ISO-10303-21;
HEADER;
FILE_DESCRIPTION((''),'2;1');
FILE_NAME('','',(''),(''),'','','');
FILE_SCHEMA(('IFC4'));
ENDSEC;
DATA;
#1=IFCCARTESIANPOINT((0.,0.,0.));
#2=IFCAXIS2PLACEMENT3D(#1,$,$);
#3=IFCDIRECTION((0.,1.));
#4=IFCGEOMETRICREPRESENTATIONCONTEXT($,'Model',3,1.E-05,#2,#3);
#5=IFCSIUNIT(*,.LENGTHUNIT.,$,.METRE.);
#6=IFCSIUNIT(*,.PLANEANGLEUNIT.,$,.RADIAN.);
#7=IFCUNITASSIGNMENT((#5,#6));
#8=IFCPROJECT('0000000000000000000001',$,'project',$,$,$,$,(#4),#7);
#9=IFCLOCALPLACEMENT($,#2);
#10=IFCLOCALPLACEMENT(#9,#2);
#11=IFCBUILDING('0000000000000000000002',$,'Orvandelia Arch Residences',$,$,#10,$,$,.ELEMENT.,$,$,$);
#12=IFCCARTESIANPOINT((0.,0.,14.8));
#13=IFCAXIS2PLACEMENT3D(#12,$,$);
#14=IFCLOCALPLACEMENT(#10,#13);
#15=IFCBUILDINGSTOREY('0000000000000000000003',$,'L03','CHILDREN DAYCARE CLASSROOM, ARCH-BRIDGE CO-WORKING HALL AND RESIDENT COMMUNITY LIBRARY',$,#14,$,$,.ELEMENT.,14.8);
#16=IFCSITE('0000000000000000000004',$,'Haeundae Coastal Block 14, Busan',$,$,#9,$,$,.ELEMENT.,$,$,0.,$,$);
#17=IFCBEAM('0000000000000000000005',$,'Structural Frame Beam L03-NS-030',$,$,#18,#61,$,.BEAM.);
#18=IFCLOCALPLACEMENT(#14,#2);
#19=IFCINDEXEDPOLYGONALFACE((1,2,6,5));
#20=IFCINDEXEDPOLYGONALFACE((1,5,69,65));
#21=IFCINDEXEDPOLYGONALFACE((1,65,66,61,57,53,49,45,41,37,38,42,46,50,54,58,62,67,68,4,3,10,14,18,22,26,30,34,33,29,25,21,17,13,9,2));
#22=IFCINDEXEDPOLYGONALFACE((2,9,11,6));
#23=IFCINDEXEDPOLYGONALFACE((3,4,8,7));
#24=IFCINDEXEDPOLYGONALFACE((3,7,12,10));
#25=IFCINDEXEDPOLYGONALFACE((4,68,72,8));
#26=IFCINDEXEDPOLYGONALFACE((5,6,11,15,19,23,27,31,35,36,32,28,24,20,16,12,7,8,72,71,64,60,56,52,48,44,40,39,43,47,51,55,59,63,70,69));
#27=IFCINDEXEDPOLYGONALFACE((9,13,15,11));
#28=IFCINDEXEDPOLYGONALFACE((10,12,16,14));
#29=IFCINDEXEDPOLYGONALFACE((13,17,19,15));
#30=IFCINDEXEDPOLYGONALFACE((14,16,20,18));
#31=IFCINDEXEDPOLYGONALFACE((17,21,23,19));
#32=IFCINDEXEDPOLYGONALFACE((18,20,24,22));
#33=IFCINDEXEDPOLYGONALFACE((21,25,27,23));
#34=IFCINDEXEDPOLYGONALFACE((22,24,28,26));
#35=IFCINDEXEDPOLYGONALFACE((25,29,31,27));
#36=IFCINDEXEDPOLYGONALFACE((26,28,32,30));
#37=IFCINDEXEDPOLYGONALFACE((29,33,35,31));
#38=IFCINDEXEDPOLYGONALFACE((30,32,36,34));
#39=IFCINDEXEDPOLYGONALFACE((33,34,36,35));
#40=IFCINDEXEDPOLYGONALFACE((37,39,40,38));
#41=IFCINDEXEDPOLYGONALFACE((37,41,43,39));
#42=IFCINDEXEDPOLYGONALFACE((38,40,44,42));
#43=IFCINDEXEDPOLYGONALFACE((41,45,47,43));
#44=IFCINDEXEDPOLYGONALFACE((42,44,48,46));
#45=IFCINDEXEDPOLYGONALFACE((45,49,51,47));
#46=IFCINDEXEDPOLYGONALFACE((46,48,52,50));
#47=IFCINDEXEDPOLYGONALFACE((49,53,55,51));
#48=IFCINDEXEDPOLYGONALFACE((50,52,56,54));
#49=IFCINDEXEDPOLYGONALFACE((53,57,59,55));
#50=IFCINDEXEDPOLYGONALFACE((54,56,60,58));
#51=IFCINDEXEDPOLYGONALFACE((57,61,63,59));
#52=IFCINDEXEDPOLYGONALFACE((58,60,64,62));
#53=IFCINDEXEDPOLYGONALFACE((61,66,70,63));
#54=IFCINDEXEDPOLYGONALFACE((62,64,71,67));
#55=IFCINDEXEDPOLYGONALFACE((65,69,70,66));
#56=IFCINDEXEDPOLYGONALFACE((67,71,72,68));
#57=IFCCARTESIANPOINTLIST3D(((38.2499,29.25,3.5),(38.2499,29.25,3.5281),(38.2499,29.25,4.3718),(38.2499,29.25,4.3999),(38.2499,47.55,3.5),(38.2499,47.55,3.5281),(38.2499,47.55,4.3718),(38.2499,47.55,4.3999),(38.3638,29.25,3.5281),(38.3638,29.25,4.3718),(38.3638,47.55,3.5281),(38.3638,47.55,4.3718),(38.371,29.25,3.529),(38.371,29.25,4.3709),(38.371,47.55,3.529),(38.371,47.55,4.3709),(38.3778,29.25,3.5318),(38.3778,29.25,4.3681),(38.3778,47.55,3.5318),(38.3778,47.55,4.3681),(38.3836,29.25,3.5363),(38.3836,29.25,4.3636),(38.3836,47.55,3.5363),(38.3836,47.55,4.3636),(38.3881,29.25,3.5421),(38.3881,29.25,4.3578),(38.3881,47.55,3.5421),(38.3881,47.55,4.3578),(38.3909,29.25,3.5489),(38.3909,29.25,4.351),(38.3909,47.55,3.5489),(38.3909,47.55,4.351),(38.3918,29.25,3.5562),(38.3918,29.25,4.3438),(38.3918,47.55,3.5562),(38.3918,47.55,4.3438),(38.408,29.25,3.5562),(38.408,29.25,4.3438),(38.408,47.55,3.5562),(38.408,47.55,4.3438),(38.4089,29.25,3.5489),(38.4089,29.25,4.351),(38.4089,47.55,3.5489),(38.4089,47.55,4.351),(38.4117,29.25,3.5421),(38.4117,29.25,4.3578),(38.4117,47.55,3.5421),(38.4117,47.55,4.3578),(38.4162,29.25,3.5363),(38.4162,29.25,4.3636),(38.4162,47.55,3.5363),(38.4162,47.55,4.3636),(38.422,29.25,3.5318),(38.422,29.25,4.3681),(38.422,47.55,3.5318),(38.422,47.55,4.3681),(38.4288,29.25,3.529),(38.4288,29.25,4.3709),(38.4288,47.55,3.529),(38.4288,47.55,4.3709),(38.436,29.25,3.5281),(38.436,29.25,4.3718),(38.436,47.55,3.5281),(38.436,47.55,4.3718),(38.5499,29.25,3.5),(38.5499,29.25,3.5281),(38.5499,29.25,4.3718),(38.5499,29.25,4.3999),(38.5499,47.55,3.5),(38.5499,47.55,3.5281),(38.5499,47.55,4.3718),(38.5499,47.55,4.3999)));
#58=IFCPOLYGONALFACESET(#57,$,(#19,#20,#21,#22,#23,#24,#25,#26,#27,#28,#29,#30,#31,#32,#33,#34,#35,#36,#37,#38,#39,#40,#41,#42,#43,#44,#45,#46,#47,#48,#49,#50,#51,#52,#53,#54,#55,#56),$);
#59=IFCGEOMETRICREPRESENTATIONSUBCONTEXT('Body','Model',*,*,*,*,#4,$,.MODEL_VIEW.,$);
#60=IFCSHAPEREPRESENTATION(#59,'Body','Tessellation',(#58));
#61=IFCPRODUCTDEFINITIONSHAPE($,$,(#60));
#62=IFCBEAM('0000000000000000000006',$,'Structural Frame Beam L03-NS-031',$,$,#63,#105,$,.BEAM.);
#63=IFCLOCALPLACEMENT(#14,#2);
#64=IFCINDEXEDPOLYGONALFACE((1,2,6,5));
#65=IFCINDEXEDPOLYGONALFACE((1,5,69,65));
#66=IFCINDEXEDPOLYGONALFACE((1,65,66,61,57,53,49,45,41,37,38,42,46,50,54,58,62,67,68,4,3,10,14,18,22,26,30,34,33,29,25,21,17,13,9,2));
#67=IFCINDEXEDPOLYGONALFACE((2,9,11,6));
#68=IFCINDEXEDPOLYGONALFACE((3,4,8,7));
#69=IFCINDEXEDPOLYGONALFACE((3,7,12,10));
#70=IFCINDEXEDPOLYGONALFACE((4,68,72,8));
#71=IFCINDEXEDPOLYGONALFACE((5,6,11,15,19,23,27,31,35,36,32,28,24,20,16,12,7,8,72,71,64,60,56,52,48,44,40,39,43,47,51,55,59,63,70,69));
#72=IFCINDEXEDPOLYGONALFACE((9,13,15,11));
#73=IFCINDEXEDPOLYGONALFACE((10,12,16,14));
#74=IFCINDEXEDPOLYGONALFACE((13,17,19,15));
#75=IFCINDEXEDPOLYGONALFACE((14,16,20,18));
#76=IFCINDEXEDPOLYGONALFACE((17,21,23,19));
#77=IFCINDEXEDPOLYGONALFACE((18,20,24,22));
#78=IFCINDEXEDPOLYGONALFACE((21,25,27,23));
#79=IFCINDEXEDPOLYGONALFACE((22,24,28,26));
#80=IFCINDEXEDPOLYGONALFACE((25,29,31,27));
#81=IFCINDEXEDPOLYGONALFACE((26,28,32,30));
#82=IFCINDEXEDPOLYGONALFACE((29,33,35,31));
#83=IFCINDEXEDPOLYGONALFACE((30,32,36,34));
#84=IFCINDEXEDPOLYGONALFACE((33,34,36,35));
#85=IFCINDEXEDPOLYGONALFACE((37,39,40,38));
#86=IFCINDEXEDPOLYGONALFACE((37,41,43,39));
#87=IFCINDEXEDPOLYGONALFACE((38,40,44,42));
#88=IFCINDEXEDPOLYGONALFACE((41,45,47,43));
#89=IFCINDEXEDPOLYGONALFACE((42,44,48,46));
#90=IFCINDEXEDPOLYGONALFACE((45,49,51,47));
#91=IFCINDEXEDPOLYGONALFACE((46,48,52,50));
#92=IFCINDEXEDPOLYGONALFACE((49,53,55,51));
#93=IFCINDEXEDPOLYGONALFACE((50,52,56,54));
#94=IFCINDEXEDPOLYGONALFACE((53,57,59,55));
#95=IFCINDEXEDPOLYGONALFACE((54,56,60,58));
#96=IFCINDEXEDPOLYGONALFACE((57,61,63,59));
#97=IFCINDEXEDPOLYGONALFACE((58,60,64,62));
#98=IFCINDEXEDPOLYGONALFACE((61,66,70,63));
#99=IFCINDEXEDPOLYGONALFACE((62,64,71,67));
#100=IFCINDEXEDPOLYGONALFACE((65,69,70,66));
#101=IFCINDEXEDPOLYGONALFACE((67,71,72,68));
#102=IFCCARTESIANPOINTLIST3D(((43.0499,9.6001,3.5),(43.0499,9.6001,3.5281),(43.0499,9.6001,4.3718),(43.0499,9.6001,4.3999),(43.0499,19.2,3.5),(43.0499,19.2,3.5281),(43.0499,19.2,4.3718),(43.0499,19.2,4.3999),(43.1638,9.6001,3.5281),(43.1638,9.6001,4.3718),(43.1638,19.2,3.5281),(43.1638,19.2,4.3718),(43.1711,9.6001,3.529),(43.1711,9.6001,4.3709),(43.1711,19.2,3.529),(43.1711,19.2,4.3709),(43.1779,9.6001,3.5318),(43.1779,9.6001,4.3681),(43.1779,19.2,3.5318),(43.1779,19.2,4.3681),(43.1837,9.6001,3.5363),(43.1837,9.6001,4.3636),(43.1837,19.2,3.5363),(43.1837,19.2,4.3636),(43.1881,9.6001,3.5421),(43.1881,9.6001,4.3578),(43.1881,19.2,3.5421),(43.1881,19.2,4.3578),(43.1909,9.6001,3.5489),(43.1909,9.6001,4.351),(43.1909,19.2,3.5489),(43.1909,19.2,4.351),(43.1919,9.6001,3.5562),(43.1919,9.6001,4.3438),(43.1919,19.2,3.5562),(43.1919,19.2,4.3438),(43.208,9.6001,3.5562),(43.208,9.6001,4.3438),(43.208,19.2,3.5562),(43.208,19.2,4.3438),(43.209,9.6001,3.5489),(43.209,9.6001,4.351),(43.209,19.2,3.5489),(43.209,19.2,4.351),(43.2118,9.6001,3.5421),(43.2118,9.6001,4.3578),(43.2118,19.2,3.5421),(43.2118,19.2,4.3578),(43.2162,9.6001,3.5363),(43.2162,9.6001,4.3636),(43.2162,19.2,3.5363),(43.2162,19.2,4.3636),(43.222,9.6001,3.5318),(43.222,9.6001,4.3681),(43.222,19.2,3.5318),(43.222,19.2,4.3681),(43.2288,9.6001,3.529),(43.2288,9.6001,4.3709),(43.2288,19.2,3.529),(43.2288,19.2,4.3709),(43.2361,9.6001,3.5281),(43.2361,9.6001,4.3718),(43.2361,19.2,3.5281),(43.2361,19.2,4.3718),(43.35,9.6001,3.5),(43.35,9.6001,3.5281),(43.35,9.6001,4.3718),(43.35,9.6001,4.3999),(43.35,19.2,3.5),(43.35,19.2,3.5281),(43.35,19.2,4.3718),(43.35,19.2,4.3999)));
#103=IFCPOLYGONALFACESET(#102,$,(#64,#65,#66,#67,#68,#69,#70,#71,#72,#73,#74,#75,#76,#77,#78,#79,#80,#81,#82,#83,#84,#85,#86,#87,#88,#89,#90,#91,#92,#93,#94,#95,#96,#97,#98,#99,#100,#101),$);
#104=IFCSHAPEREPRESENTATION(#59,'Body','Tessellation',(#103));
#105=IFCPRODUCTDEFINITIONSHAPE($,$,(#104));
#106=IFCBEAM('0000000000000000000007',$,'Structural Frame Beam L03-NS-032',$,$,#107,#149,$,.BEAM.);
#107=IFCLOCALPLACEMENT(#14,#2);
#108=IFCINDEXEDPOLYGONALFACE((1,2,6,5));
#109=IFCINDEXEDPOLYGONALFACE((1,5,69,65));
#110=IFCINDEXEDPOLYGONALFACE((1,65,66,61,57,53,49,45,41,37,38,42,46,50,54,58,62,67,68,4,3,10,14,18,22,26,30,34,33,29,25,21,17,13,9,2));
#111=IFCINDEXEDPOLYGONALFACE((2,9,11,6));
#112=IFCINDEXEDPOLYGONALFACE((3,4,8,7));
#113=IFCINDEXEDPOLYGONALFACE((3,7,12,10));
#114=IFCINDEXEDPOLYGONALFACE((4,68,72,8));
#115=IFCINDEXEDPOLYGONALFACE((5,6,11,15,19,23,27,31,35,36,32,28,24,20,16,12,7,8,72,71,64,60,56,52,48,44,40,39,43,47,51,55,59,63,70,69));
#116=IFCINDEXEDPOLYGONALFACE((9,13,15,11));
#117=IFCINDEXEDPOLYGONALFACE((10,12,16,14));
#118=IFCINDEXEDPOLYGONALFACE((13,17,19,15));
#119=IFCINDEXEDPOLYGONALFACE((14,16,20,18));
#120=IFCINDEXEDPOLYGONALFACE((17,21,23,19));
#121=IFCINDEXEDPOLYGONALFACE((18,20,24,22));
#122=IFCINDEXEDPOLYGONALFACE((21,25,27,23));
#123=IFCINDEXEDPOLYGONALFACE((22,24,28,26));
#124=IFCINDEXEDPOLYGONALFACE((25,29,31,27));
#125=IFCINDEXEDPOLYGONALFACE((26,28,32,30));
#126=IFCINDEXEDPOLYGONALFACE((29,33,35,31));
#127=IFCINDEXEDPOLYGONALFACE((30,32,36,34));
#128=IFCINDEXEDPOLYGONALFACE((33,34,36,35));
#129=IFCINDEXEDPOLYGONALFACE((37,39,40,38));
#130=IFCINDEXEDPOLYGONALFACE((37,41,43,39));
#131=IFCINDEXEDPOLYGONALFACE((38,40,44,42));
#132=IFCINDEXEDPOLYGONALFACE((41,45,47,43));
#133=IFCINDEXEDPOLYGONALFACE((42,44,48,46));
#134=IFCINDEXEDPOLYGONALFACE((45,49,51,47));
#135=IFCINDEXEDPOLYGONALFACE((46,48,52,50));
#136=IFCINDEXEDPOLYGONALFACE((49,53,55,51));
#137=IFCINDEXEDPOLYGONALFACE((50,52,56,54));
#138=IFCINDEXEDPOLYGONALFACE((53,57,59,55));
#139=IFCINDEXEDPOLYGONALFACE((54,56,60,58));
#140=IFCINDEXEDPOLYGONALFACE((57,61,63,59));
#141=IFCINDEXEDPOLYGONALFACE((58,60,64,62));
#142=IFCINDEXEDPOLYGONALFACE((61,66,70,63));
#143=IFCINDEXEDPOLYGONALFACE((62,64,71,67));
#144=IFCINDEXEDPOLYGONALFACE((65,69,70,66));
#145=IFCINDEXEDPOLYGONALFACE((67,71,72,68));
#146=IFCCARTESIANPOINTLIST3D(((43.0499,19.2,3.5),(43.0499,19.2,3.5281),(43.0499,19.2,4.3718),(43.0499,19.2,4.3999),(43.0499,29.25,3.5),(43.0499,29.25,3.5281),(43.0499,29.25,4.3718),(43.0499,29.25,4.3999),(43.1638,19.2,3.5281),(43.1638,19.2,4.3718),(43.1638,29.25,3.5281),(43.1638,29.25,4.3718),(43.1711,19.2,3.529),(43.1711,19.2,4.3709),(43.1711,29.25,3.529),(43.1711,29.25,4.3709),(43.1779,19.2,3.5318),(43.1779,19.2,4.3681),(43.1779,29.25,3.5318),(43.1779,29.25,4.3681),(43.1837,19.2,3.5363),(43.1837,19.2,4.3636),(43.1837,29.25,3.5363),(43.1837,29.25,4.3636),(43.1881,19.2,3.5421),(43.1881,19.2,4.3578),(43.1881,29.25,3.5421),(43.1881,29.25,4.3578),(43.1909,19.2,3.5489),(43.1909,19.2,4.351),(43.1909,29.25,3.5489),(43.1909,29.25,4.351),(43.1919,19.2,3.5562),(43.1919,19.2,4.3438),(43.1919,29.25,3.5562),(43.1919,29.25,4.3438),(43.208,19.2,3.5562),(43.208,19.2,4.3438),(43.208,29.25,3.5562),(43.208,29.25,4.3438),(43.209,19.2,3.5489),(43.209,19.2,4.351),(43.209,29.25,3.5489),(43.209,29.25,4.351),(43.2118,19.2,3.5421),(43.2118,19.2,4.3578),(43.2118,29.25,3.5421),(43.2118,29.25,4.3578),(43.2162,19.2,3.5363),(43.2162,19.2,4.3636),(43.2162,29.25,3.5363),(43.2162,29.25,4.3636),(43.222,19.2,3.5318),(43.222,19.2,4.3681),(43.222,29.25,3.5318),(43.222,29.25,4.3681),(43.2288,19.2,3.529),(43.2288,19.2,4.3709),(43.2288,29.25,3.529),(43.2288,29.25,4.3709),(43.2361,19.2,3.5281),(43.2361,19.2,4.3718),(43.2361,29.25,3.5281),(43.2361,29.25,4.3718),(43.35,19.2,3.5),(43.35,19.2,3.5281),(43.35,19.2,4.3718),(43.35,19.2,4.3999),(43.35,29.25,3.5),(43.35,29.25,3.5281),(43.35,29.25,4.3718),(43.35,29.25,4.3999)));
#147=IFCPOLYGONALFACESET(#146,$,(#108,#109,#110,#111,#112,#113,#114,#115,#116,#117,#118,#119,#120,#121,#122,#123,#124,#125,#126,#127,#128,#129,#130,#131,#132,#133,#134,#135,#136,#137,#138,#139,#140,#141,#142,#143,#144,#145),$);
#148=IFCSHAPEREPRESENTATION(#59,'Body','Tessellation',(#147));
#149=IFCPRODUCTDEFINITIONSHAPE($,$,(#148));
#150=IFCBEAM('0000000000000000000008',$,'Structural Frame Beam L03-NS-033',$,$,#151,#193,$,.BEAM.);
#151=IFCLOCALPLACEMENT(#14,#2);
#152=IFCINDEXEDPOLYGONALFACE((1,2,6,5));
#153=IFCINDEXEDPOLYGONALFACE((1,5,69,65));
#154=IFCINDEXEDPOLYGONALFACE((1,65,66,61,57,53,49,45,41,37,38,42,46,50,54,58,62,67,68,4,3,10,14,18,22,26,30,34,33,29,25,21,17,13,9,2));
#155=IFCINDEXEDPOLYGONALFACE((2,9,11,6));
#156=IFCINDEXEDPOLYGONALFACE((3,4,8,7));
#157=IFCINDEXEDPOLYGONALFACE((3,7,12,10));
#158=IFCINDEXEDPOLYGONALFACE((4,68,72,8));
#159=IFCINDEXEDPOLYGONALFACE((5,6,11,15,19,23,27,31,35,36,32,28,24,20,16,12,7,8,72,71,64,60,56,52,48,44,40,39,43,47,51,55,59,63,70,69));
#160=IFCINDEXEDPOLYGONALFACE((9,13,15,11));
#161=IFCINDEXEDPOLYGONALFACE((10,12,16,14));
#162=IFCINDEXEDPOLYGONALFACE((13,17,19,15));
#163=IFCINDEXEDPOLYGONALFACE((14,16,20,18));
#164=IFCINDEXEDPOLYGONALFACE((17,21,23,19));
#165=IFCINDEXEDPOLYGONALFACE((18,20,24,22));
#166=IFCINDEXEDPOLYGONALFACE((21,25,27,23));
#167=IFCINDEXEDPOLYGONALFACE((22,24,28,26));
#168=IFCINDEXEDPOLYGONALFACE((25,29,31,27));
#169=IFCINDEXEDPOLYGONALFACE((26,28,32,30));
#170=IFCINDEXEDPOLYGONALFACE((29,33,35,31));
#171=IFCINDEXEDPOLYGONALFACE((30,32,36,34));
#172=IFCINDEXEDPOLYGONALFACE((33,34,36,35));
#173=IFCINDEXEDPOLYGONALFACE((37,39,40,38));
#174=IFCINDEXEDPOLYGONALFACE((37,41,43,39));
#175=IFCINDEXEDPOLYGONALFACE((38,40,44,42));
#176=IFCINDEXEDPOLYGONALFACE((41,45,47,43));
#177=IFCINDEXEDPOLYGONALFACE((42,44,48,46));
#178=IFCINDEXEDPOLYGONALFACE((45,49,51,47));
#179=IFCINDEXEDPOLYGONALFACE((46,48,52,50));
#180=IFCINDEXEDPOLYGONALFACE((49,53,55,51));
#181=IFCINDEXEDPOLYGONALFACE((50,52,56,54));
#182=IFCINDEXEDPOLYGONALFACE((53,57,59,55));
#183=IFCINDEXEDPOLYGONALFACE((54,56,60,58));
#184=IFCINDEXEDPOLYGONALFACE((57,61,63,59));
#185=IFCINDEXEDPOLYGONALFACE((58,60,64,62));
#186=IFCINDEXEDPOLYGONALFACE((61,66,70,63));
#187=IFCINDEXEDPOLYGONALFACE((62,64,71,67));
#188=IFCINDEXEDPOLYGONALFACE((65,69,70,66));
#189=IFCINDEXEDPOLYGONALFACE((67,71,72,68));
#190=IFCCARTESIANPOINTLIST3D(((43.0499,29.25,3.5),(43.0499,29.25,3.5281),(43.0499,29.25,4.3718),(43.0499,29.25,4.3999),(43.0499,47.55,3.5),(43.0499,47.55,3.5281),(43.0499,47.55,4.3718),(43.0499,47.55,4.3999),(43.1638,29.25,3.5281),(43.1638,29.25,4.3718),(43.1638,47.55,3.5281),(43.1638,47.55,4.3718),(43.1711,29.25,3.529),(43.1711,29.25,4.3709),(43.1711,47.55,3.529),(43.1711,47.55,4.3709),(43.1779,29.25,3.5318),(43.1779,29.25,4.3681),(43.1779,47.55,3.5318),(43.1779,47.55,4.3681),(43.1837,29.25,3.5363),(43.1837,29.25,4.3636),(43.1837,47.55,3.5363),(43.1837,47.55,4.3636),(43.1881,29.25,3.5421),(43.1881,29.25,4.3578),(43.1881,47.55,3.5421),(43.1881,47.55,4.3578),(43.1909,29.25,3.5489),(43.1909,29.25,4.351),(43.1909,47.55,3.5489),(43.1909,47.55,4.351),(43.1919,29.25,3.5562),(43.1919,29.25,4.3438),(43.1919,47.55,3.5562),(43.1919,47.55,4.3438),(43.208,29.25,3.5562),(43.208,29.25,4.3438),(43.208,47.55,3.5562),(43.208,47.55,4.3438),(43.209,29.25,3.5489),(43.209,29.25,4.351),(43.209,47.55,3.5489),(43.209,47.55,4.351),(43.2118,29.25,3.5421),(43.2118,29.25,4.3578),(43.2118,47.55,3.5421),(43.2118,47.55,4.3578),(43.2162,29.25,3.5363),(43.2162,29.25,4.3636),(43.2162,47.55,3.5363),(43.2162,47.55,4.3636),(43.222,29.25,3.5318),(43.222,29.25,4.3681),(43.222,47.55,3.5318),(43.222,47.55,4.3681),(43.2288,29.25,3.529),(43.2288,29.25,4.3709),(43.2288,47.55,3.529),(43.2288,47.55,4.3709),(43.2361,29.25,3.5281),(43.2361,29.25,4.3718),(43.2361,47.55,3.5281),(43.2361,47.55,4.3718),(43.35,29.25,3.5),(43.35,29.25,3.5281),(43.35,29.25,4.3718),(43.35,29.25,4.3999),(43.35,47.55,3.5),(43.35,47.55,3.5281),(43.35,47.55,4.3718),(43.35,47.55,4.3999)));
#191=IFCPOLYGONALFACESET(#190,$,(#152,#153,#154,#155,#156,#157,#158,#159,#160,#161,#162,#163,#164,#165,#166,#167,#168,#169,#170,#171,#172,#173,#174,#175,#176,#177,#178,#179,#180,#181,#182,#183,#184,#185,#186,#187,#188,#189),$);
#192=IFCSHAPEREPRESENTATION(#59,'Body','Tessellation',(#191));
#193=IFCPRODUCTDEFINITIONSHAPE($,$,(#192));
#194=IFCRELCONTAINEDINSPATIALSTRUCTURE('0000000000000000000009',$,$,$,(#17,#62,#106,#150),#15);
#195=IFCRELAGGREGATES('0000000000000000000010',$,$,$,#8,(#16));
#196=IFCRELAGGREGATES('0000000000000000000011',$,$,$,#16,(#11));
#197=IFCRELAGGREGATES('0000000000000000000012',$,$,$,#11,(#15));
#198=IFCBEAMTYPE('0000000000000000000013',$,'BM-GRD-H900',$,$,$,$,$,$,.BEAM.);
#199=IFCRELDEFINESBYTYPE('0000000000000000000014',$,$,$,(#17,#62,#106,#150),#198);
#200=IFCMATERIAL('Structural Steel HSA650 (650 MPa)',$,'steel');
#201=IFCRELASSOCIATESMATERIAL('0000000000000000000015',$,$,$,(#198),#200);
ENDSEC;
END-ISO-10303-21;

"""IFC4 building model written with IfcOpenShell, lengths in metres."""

from ifc_helpers import new_model, si_unit, direction, frame, origin, origin_2d, place, context, subcontext, project, spatial, i_section, extrude, material, material_profile, profile_set, type_object, element, save


model = new_model("IFC4")

# Units and contexts
model_context = context("Model", 3, precision=1e-05, world=origin(), true_north=direction((0.0, 1.0)))
body_context = subcontext(model_context, "Body", "Model", "MODEL_VIEW")
ifc_project = project(units=[si_unit("LENGTHUNIT", "METRE"), si_unit("PLANEANGLEUNIT", "RADIAN")], contexts=[model_context])

# Site, building, storey
site_placement = place(None, origin())
site = spatial("IfcSite", under=ifc_project, at=site_placement, Name="Haeundae Coastal Block 14, Busan", CompositionType="ELEMENT", RefElevation=0.0)
building_placement = place(site_placement, origin())
building = spatial("IfcBuilding", under=site, at=building_placement, Name="Orvandelia Arch Residences", CompositionType="ELEMENT")
storey_placement = place(building_placement, frame((0.0, 0.0, 14.8)))
storey = spatial("IfcBuildingStorey", under=building, at=storey_placement, Name="L03", Description="CHILDREN DAYCARE CLASSROOM, ARCH-BRIDGE CO-WORKING HALL AND RESIDENT COMMUNITY LIBRARY", CompositionType="ELEMENT", Elevation=14.8)

# Shared definitions
ifc_material_1 = material(Name="Structural Steel HSA650 (650 MPa)", Category="steel")

# Beams
ifc_material_profile_1 = material_profile(ifc_material_1, i_section(OverallWidth=0.3, OverallDepth=0.8999, WebThickness=0.0161, FlangeThickness=0.0281, FilletRadius=0.0281, at=origin_2d()), Name="Structural Steel HSA650 (650 MPa)", Category="steel")
ifc_profile_set_1 = profile_set([ifc_material_profile_1], Name="Structural Steel HSA650 (650 MPa)")
beam_type_1 = type_object("IfcBeamType", Name="BM-GRD-H900", PredefinedType="BEAM", material=ifc_profile_set_1)
beam_1_placement = place(storey_placement, frame((38.3999, 29.25, 3.95), z_axis=(0.0, 1.0, 0.0), x_axis=(-1.0, 0.0, 0.0)))
element("IfcBeam", 1, at=beam_1_placement, inside=storey, type_object=beam_type_1, Name="Structural Frame Beam L03-NS-030", PredefinedType="BEAM", context=body_context, shape_type="SweptSolid", body=[
    extrude(i_section(OverallWidth=0.3, OverallDepth=0.8999, WebThickness=0.0161, FlangeThickness=0.0281, FilletRadius=0.0281, at=origin_2d()), origin(), (0.0, 0.0, 1.0), 18.3),
])
beam_2_placement = place(storey_placement, frame((43.2, 9.6001, 3.95), z_axis=(0.0, 1.0, 0.0), x_axis=(-1.0, 0.0, 0.0)))
element("IfcBeam", 2, at=beam_2_placement, inside=storey, type_object=beam_type_1, Name="Structural Frame Beam L03-NS-031", PredefinedType="BEAM", context=body_context, shape_type="SweptSolid", body=[
    extrude(i_section(OverallWidth=0.3, OverallDepth=0.8999, WebThickness=0.0161, FlangeThickness=0.0281, FilletRadius=0.0281, at=origin_2d()), origin(), (0.0, 0.0, 1.0), 9.5999),
])
beam_3_placement = place(storey_placement, frame((43.2, 19.2, 3.95), z_axis=(0.0, 1.0, 0.0), x_axis=(-1.0, 0.0, 0.0)))
element("IfcBeam", 3, at=beam_3_placement, inside=storey, type_object=beam_type_1, Name="Structural Frame Beam L03-NS-032", PredefinedType="BEAM", context=body_context, shape_type="SweptSolid", body=[
    extrude(i_section(OverallWidth=0.3, OverallDepth=0.8999, WebThickness=0.0161, FlangeThickness=0.0281, FilletRadius=0.0281, at=origin_2d()), origin(), (0.0, 0.0, 1.0), 10.05),
])
beam_4_placement = place(storey_placement, frame((43.2, 29.25, 3.95), z_axis=(0.0, 1.0, 0.0), x_axis=(-1.0, 0.0, 0.0)))
element("IfcBeam", 4, at=beam_4_placement, inside=storey, type_object=beam_type_1, Name="Structural Frame Beam L03-NS-033", PredefinedType="BEAM", context=body_context, shape_type="SweptSolid", body=[
    extrude(i_section(OverallWidth=0.3, OverallDepth=0.8999, WebThickness=0.0161, FlangeThickness=0.0281, FilletRadius=0.0281, at=origin_2d()), origin(), (0.0, 0.0, 1.0), 18.3),
])

save(model, "model.ifc")
